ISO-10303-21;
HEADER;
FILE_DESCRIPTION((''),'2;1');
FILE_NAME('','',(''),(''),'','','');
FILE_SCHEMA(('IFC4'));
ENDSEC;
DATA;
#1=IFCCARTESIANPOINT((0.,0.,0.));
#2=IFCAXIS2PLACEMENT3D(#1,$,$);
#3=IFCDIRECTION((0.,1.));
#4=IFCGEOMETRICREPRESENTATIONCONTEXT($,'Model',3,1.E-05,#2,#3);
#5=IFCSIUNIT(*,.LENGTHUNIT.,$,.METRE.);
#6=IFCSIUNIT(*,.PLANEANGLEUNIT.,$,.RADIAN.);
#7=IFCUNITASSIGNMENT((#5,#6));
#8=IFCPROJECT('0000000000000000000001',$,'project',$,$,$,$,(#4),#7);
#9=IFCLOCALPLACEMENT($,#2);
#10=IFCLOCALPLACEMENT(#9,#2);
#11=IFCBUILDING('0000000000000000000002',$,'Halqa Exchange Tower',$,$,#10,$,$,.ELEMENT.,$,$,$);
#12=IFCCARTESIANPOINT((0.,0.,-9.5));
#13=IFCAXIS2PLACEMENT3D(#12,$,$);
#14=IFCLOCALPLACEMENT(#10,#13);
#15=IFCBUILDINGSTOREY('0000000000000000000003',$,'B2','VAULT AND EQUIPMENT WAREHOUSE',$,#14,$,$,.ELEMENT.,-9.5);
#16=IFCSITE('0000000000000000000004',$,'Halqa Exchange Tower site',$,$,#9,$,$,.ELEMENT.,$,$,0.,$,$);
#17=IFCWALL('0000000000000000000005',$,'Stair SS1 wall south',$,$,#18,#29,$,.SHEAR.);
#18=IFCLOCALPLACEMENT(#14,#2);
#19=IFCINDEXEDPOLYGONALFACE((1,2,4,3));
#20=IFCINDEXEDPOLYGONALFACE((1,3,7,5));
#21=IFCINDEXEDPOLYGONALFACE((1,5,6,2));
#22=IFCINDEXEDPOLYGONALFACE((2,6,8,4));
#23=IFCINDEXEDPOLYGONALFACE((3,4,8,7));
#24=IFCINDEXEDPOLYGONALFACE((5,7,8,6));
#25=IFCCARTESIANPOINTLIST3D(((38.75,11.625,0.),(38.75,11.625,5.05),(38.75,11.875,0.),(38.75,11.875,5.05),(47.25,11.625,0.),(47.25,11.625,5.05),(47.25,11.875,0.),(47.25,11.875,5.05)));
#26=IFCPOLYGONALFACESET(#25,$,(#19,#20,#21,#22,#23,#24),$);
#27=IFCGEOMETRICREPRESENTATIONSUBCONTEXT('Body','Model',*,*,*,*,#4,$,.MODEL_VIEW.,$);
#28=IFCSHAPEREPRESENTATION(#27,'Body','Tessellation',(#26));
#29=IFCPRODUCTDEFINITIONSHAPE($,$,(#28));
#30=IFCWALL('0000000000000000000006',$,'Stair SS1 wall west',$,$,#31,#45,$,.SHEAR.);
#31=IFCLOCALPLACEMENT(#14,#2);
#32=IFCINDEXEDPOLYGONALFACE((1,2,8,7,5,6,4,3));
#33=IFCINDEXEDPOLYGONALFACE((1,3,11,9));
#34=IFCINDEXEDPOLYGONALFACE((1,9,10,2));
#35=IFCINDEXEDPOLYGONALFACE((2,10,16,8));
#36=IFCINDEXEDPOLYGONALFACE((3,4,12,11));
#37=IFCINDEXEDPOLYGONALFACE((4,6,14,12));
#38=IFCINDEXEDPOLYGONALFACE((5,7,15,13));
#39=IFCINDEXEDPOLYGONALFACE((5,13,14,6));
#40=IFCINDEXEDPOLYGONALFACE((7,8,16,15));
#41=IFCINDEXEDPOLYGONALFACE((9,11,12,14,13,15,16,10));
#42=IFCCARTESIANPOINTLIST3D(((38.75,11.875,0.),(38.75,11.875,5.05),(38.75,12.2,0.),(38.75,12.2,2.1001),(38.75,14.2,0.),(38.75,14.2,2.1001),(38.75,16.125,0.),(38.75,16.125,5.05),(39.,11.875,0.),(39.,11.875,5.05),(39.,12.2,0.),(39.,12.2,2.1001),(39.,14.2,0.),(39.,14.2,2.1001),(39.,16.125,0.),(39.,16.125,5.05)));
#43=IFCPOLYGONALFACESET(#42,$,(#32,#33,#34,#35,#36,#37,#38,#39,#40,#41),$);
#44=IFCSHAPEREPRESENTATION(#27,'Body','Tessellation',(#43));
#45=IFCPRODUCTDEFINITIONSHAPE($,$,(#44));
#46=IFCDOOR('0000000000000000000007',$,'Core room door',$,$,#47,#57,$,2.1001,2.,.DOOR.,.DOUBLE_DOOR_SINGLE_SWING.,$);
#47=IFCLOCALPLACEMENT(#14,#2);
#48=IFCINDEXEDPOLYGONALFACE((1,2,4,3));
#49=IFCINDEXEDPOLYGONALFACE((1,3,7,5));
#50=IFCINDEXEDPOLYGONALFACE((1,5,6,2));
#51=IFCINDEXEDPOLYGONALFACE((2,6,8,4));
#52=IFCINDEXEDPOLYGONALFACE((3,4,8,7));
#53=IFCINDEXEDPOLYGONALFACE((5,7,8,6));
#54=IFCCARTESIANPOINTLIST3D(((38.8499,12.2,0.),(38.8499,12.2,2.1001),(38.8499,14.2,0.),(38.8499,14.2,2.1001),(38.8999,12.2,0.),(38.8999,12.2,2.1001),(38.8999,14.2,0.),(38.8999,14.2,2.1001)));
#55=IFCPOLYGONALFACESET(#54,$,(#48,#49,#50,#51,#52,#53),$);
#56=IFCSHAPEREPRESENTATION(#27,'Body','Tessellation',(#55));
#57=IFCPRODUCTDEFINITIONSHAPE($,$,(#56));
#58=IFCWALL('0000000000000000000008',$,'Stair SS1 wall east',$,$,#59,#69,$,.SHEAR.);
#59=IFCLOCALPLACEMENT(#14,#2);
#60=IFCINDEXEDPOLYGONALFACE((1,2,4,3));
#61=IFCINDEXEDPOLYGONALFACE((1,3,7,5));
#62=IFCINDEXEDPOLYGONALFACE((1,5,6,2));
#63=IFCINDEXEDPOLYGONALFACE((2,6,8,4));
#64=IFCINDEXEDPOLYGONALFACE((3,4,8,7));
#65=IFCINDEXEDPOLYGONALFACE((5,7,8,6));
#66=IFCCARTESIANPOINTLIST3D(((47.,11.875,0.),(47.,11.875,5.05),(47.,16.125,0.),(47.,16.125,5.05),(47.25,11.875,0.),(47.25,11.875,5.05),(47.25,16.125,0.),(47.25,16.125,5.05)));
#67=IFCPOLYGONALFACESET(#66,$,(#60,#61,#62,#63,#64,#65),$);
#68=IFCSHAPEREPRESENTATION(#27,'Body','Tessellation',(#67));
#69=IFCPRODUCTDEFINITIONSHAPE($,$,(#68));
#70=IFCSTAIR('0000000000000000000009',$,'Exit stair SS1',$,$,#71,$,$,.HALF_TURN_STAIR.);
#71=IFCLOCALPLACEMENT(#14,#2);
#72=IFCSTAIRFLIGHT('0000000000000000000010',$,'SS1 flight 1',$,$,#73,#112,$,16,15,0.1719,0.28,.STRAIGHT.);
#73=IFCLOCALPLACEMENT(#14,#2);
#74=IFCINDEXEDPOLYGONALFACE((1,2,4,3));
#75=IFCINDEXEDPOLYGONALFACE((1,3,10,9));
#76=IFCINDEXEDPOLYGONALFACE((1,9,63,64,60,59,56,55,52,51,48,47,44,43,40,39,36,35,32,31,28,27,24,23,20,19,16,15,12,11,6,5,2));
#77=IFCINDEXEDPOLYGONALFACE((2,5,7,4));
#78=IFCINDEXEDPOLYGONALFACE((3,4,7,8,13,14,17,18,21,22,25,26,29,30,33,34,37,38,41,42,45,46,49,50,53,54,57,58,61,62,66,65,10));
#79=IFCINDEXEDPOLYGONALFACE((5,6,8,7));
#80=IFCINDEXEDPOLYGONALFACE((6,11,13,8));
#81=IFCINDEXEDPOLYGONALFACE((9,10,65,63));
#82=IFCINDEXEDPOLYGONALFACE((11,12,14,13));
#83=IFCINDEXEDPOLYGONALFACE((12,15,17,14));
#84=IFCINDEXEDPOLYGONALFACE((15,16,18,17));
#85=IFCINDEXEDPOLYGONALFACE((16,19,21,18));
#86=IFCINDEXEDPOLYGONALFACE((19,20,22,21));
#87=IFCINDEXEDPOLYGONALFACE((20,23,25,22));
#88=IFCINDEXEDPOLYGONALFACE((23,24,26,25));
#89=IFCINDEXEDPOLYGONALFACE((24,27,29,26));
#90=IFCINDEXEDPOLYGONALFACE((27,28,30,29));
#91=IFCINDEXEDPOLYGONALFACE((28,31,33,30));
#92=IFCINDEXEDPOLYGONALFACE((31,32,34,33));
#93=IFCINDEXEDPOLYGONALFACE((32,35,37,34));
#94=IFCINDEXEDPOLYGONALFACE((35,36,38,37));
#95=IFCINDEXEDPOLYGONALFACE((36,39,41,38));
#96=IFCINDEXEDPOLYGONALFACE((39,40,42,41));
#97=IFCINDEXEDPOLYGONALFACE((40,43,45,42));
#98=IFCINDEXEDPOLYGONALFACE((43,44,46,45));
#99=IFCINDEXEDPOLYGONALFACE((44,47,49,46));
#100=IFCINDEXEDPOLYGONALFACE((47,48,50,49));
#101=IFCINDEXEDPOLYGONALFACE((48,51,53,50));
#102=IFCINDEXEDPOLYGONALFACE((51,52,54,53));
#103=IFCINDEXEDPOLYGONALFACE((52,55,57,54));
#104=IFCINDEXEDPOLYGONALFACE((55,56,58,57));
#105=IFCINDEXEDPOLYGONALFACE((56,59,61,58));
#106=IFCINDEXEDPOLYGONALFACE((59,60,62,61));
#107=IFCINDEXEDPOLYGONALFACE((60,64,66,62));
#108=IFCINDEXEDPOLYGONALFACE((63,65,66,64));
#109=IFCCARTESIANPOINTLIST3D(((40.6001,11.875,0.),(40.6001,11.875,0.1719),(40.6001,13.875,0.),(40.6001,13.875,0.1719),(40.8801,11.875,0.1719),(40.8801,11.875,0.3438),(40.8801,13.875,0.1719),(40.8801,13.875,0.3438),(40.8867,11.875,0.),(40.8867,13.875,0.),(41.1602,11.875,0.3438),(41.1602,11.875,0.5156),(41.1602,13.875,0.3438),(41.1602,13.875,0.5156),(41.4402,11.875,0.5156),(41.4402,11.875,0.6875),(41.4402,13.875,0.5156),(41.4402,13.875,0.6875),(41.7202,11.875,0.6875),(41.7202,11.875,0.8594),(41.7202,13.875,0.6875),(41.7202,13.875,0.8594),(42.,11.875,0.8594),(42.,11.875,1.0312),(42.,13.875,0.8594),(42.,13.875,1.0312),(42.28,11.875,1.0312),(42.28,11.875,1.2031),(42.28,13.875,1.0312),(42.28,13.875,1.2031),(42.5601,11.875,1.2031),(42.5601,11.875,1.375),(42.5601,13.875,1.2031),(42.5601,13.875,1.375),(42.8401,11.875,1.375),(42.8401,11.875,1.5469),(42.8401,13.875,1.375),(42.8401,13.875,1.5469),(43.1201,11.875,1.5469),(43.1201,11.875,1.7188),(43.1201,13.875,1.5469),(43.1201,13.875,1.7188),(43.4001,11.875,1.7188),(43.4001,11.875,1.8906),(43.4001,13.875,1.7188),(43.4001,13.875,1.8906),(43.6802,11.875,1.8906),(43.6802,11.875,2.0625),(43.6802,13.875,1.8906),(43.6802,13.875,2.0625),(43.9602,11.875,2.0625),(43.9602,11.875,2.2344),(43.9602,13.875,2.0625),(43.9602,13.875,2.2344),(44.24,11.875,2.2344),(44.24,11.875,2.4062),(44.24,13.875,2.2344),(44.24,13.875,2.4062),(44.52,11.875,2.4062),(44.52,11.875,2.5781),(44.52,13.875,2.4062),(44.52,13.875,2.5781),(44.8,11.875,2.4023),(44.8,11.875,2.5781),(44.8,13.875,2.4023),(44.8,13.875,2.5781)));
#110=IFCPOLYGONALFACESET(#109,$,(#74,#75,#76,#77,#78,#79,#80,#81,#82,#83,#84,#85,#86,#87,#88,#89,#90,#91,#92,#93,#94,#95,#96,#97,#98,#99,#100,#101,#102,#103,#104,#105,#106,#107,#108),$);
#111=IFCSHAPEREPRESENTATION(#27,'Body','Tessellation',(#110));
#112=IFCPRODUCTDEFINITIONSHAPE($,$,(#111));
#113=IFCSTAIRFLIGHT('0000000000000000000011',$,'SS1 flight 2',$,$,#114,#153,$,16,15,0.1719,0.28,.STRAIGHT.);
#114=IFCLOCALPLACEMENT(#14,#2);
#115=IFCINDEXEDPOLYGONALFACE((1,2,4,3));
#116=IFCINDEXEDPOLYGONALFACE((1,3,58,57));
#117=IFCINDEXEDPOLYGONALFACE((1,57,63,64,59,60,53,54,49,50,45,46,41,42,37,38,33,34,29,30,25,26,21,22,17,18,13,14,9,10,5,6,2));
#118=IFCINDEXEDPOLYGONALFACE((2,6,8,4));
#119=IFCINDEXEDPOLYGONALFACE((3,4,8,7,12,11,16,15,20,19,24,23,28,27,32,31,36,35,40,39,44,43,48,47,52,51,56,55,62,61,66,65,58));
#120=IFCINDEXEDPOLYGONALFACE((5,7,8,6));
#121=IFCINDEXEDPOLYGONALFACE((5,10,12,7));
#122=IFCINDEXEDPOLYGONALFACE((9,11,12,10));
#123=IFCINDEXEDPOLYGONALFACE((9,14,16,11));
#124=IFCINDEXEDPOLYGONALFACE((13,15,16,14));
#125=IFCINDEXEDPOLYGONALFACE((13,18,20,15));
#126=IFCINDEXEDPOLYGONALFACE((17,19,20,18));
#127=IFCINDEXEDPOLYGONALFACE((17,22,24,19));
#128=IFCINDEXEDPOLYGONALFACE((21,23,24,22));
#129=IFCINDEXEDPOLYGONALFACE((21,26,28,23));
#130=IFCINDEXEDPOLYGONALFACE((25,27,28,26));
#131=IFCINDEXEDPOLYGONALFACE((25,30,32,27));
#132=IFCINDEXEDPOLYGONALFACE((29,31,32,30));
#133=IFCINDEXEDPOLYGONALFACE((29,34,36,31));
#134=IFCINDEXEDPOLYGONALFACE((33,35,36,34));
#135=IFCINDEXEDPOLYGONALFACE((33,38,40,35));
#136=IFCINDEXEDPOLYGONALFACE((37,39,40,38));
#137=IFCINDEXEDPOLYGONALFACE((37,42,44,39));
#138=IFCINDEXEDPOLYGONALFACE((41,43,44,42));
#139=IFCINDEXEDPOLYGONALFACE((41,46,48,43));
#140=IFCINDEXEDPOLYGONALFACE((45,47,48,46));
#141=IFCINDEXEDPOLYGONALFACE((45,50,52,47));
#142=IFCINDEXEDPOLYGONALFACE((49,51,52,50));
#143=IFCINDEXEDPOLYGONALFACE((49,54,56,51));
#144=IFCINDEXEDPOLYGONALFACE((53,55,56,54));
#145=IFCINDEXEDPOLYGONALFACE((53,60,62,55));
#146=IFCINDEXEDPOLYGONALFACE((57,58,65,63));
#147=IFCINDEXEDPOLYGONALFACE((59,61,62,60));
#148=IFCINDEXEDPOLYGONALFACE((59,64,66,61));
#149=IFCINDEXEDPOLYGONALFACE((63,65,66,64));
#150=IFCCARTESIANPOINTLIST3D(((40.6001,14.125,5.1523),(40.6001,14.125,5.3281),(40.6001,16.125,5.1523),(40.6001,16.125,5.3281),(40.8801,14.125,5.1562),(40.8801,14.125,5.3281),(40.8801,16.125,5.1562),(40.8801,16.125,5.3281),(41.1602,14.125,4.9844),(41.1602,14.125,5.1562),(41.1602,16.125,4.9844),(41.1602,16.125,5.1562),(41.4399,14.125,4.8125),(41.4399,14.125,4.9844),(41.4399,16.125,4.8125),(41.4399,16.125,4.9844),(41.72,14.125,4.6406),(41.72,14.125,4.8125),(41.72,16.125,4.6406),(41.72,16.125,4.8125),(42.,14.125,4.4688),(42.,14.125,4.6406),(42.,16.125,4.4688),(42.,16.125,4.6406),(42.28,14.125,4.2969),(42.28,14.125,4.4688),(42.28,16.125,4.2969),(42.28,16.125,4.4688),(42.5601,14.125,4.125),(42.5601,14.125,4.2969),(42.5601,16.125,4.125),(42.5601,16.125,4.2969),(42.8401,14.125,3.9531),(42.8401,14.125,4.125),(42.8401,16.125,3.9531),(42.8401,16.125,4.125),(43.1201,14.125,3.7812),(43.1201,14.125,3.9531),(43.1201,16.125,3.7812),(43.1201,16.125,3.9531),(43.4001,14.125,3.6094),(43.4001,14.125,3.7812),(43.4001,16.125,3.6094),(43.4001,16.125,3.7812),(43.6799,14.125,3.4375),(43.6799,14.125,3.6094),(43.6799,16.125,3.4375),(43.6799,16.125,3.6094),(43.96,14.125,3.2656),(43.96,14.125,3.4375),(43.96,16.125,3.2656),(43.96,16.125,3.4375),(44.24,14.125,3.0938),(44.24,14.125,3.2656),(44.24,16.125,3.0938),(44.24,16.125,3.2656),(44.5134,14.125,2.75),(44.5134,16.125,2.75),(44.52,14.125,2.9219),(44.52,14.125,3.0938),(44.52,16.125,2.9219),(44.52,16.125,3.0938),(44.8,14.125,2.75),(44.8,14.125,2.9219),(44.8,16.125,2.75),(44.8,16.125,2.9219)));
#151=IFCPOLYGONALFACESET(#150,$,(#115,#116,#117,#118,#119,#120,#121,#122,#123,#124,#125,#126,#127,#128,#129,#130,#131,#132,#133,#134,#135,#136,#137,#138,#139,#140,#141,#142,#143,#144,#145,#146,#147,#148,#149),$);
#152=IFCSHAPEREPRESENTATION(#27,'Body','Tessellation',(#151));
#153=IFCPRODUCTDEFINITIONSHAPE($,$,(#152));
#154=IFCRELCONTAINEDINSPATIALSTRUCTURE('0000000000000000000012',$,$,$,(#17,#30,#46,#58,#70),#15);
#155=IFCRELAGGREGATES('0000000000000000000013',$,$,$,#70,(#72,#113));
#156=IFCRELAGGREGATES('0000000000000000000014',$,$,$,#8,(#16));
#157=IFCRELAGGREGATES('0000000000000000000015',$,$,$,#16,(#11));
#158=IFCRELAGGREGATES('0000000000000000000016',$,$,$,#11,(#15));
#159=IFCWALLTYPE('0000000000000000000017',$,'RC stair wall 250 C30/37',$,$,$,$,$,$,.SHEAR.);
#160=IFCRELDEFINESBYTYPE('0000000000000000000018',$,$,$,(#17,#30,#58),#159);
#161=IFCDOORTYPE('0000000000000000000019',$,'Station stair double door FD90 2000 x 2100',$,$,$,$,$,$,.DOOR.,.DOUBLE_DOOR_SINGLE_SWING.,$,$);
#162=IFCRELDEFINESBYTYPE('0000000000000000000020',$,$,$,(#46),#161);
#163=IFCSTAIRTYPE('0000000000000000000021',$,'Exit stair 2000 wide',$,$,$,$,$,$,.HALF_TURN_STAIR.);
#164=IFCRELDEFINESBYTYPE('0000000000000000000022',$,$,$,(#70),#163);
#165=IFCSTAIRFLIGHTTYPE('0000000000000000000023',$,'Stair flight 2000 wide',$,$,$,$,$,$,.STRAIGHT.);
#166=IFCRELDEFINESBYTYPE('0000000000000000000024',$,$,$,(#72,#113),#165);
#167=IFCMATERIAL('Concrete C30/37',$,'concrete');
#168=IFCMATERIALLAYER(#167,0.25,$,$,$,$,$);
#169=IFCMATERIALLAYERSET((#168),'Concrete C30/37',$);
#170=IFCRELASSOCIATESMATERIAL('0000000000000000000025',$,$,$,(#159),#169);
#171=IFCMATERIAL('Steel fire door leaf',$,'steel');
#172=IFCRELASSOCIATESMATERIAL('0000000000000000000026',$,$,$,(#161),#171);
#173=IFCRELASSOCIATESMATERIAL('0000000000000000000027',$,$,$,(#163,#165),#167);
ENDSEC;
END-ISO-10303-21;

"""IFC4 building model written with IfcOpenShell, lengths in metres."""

from ifc_helpers import new_model, si_unit, direction, frame, frame_2d, origin, place, context, subcontext, project, spatial, polyline, rectangle, outline, extrude, material, layer, layer_set, type_object, element, fill, aggregate, save


model = new_model("IFC4")

# Units and contexts
model_context = context("Model", 3, precision=1e-05, world=origin(), true_north=direction((0.0, 1.0)))
body_context = subcontext(model_context, "Body", "Model", "MODEL_VIEW")
ifc_project = project(units=[si_unit("LENGTHUNIT", "METRE"), si_unit("PLANEANGLEUNIT", "RADIAN")], contexts=[model_context])

# Site, building, storey
site_placement = place(None, origin())
site = spatial("IfcSite", under=ifc_project, at=site_placement, Name="Halqa Exchange Tower site", CompositionType="ELEMENT", RefElevation=0.0)
building_placement = place(site_placement, origin())
building = spatial("IfcBuilding", under=site, at=building_placement, Name="Halqa Exchange Tower", CompositionType="ELEMENT")
storey_placement = place(building_placement, frame((0.0, 0.0, -9.5)))
storey = spatial("IfcBuildingStorey", under=building, at=storey_placement, Name="B2", Description="VAULT AND EQUIPMENT WAREHOUSE", CompositionType="ELEMENT", Elevation=-9.5)

# Shared definitions
ifc_material_1 = material(Name="Steel fire door leaf", Category="steel")

# Wall
ifc_material_2 = material(Name="Concrete C30/37", Category="concrete")
ifc_layer_1 = layer(ifc_material_2, 0.25)
ifc_layer_set_1 = layer_set([ifc_layer_1], Name="Concrete C30/37")
wall_type_1 = type_object("IfcWallType", Name="RC stair wall 250 C30/37", PredefinedType="SHEAR", material=ifc_layer_set_1)
wall_1_placement = place(storey_placement, frame((38.75, 11.75, 0.0), z_axis=(0.0, 0.0, 1.0), x_axis=(1.0, 0.0, 0.0)))
element("IfcWall", 1, at=wall_1_placement, inside=storey, type_object=wall_type_1, Name="Stair SS1 wall south", PredefinedType="SHEAR", context=body_context, shape_type="SweptSolid", body=[
    extrude(rectangle(XDim=8.5, YDim=0.25, at=frame_2d((4.25, 0.0))), origin(), (0.0, 0.0, 1.0), 5.05),
])

# Wall, opening, door
wall_2_placement = place(storey_placement, frame((38.875, 11.875, 0.0), z_axis=(0.0, 0.0, 1.0), x_axis=(0.0, 1.0, 0.0)))
wall_2 = element("IfcWall", 2, at=wall_2_placement, inside=storey, type_object=wall_type_1, Name="Stair SS1 wall west", PredefinedType="SHEAR", context=body_context, shape_type="SweptSolid", body=[
    extrude(rectangle(XDim=4.25, YDim=0.25, at=frame_2d((2.125, 0.0))), origin(), (0.0, 0.0, 1.0), 5.05),
])
opening_1_placement = place(wall_2_placement, frame((0.325, 0.0, 0.0)))
opening_1 = element("IfcOpeningElement", 3, at=opening_1_placement, cuts=wall_2, PredefinedType="OPENING", context=body_context, shape_type="SweptSolid", body=[
    extrude(rectangle(XDim=2.0, YDim=2.1001, at=frame_2d((1.0, 1.05))), frame((0.0, 0.137, 0.0), z_axis=(0.0, -1.0, 0.0), x_axis=(1.0, 0.0, 0.0)), (0.0, 0.0, 1.0), 0.2739),
])
door_type_1 = type_object("IfcDoorType", Name="Station stair double door FD90 2000 x 2100", OperationType="DOUBLE_DOOR_SINGLE_SWING", PredefinedType="DOOR", material=ifc_material_1)
door_1_placement = place(opening_1_placement, frame((2.0, 0.0, 0.0), z_axis=(0.0, 0.0, 1.0), x_axis=(-1.0, 0.0, 0.0)))
door_1 = element("IfcDoor", 4, at=door_1_placement, inside=storey, type_object=door_type_1, Name="Core room door", OperationType="DOUBLE_DOOR_SINGLE_SWING", OverallHeight=2.1001, OverallWidth=2.0, PredefinedType="DOOR", context=body_context, shape_type="SweptSolid", body=[
    extrude(rectangle(XDim=2.0, YDim=2.1001, at=frame_2d((1.0, 1.05))), frame((0.0, 0.0249, 0.0), z_axis=(0.0, -1.0, 0.0), x_axis=(1.0, 0.0, 0.0)), (0.0, 0.0, 1.0), 0.05),
])
fill(opening_1, door_1)

# Wall
wall_3_placement = place(storey_placement, frame((47.125, 11.875, 0.0), z_axis=(0.0, 0.0, 1.0), x_axis=(0.0, 1.0, 0.0)))
element("IfcWall", 5, at=wall_3_placement, inside=storey, type_object=wall_type_1, Name="Stair SS1 wall east", PredefinedType="SHEAR", context=body_context, shape_type="SweptSolid", body=[
    extrude(rectangle(XDim=4.25, YDim=0.25, at=frame_2d((2.125, 0.0))), origin(), (0.0, 0.0, 1.0), 5.05),
])

# Stair, stair flights
stair_type = type_object("IfcStairType", Name="Exit stair 2000 wide", PredefinedType="HALF_TURN_STAIR", material=ifc_material_2)
stair_placement = place(storey_placement, origin())
stair = element("IfcStair", 6, at=stair_placement, inside=storey, type_object=stair_type, Name="Exit stair SS1", PredefinedType="HALF_TURN_STAIR")
stair_flight_type = type_object("IfcStairFlightType", Name="Stair flight 2000 wide", PredefinedType="STRAIGHT", material=ifc_material_2)
stair_flight_1_placement = place(storey_placement, frame((40.6001, 12.875, 0.0), z_axis=(0.0, 0.0, 1.0), x_axis=(1.0, 0.0, 0.0)))
stair_flight_1 = element("IfcStairFlight", 7, at=stair_flight_1_placement, type_object=stair_flight_type, Name="SS1 flight 1", NumberOfRisers=16, NumberOfTreads=15, PredefinedType="STRAIGHT", RiserHeight=0.1719, TreadLength=0.28, context=body_context, shape_type="SweptSolid", body=[
    extrude(outline(polyline([(0.0, 0.0), (0.0, 0.1719), (0.28, 0.1719), (0.28, 0.3438), (0.5601, 0.3438), (0.5601, 0.5156), (0.8401, 0.5156), (0.8401, 0.6875), (1.1201, 0.6875), (1.1201, 0.8594), (1.3999, 0.8594), (1.3999, 1.0312), (1.6799, 1.0312), (1.6799, 1.2031), (1.96, 1.2031), (1.96, 1.375), (2.24, 1.375), (2.24, 1.5469), (2.52, 1.5469), (2.52, 1.7188), (2.8, 1.7188), (2.8, 1.8906), (3.0801, 1.8906), (3.0801, 2.0625), (3.3601, 2.0625), (3.3601, 2.2344), (3.6399, 2.2344), (3.6399, 2.4062), (3.9199, 2.4062), (3.9199, 2.5781), (4.2, 2.5781), (4.2, 2.75), (4.2, 2.4023), (0.2866, 0.0), (0.0, 0.0)])), frame((0.0, 1.0, 0.0), z_axis=(0.0, -1.0, 0.0), x_axis=(1.0, 0.0, 0.0)), (0.0, 0.0, 1.0), 2.0),
])
stair_flight_2_placement = place(storey_placement, frame((44.8, 15.125, 2.75), z_axis=(0.0, 0.0, 1.0), x_axis=(-1.0, 0.0, 0.0)))
stair_flight_2 = element("IfcStairFlight", 8, at=stair_flight_2_placement, type_object=stair_flight_type, Name="SS1 flight 2", NumberOfRisers=16, NumberOfTreads=15, PredefinedType="STRAIGHT", RiserHeight=0.1719, TreadLength=0.28, context=body_context, shape_type="SweptSolid", body=[
    extrude(outline(polyline([(0.0, 0.0), (0.0, 0.1719), (0.28, 0.1719), (0.28, 0.3438), (0.5601, 0.3438), (0.5601, 0.5156), (0.8401, 0.5156), (0.8401, 0.6875), (1.1201, 0.6875), (1.1201, 0.8594), (1.3999, 0.8594), (1.3999, 1.0312), (1.6799, 1.0312), (1.6799, 1.2031), (1.96, 1.2031), (1.96, 1.375), (2.24, 1.375), (2.24, 1.5469), (2.52, 1.5469), (2.52, 1.7188), (2.8, 1.7188), (2.8, 1.8906), (3.0801, 1.8906), (3.0801, 2.0625), (3.3601, 2.0625), (3.3601, 2.2344), (3.6399, 2.2344), (3.6399, 2.4062), (3.9199, 2.4062), (3.9199, 2.5781), (4.2, 2.5781), (4.2, 2.75), (4.2, 2.4023), (0.2866, 0.0), (0.0, 0.0)])), frame((0.0, 1.0, 0.0), z_axis=(0.0, -1.0, 0.0), x_axis=(1.0, 0.0, 0.0)), (0.0, 0.0, 1.0), 2.0),
])
aggregate(stair, [stair_flight_1, stair_flight_2])

save(model, "model.ifc")
